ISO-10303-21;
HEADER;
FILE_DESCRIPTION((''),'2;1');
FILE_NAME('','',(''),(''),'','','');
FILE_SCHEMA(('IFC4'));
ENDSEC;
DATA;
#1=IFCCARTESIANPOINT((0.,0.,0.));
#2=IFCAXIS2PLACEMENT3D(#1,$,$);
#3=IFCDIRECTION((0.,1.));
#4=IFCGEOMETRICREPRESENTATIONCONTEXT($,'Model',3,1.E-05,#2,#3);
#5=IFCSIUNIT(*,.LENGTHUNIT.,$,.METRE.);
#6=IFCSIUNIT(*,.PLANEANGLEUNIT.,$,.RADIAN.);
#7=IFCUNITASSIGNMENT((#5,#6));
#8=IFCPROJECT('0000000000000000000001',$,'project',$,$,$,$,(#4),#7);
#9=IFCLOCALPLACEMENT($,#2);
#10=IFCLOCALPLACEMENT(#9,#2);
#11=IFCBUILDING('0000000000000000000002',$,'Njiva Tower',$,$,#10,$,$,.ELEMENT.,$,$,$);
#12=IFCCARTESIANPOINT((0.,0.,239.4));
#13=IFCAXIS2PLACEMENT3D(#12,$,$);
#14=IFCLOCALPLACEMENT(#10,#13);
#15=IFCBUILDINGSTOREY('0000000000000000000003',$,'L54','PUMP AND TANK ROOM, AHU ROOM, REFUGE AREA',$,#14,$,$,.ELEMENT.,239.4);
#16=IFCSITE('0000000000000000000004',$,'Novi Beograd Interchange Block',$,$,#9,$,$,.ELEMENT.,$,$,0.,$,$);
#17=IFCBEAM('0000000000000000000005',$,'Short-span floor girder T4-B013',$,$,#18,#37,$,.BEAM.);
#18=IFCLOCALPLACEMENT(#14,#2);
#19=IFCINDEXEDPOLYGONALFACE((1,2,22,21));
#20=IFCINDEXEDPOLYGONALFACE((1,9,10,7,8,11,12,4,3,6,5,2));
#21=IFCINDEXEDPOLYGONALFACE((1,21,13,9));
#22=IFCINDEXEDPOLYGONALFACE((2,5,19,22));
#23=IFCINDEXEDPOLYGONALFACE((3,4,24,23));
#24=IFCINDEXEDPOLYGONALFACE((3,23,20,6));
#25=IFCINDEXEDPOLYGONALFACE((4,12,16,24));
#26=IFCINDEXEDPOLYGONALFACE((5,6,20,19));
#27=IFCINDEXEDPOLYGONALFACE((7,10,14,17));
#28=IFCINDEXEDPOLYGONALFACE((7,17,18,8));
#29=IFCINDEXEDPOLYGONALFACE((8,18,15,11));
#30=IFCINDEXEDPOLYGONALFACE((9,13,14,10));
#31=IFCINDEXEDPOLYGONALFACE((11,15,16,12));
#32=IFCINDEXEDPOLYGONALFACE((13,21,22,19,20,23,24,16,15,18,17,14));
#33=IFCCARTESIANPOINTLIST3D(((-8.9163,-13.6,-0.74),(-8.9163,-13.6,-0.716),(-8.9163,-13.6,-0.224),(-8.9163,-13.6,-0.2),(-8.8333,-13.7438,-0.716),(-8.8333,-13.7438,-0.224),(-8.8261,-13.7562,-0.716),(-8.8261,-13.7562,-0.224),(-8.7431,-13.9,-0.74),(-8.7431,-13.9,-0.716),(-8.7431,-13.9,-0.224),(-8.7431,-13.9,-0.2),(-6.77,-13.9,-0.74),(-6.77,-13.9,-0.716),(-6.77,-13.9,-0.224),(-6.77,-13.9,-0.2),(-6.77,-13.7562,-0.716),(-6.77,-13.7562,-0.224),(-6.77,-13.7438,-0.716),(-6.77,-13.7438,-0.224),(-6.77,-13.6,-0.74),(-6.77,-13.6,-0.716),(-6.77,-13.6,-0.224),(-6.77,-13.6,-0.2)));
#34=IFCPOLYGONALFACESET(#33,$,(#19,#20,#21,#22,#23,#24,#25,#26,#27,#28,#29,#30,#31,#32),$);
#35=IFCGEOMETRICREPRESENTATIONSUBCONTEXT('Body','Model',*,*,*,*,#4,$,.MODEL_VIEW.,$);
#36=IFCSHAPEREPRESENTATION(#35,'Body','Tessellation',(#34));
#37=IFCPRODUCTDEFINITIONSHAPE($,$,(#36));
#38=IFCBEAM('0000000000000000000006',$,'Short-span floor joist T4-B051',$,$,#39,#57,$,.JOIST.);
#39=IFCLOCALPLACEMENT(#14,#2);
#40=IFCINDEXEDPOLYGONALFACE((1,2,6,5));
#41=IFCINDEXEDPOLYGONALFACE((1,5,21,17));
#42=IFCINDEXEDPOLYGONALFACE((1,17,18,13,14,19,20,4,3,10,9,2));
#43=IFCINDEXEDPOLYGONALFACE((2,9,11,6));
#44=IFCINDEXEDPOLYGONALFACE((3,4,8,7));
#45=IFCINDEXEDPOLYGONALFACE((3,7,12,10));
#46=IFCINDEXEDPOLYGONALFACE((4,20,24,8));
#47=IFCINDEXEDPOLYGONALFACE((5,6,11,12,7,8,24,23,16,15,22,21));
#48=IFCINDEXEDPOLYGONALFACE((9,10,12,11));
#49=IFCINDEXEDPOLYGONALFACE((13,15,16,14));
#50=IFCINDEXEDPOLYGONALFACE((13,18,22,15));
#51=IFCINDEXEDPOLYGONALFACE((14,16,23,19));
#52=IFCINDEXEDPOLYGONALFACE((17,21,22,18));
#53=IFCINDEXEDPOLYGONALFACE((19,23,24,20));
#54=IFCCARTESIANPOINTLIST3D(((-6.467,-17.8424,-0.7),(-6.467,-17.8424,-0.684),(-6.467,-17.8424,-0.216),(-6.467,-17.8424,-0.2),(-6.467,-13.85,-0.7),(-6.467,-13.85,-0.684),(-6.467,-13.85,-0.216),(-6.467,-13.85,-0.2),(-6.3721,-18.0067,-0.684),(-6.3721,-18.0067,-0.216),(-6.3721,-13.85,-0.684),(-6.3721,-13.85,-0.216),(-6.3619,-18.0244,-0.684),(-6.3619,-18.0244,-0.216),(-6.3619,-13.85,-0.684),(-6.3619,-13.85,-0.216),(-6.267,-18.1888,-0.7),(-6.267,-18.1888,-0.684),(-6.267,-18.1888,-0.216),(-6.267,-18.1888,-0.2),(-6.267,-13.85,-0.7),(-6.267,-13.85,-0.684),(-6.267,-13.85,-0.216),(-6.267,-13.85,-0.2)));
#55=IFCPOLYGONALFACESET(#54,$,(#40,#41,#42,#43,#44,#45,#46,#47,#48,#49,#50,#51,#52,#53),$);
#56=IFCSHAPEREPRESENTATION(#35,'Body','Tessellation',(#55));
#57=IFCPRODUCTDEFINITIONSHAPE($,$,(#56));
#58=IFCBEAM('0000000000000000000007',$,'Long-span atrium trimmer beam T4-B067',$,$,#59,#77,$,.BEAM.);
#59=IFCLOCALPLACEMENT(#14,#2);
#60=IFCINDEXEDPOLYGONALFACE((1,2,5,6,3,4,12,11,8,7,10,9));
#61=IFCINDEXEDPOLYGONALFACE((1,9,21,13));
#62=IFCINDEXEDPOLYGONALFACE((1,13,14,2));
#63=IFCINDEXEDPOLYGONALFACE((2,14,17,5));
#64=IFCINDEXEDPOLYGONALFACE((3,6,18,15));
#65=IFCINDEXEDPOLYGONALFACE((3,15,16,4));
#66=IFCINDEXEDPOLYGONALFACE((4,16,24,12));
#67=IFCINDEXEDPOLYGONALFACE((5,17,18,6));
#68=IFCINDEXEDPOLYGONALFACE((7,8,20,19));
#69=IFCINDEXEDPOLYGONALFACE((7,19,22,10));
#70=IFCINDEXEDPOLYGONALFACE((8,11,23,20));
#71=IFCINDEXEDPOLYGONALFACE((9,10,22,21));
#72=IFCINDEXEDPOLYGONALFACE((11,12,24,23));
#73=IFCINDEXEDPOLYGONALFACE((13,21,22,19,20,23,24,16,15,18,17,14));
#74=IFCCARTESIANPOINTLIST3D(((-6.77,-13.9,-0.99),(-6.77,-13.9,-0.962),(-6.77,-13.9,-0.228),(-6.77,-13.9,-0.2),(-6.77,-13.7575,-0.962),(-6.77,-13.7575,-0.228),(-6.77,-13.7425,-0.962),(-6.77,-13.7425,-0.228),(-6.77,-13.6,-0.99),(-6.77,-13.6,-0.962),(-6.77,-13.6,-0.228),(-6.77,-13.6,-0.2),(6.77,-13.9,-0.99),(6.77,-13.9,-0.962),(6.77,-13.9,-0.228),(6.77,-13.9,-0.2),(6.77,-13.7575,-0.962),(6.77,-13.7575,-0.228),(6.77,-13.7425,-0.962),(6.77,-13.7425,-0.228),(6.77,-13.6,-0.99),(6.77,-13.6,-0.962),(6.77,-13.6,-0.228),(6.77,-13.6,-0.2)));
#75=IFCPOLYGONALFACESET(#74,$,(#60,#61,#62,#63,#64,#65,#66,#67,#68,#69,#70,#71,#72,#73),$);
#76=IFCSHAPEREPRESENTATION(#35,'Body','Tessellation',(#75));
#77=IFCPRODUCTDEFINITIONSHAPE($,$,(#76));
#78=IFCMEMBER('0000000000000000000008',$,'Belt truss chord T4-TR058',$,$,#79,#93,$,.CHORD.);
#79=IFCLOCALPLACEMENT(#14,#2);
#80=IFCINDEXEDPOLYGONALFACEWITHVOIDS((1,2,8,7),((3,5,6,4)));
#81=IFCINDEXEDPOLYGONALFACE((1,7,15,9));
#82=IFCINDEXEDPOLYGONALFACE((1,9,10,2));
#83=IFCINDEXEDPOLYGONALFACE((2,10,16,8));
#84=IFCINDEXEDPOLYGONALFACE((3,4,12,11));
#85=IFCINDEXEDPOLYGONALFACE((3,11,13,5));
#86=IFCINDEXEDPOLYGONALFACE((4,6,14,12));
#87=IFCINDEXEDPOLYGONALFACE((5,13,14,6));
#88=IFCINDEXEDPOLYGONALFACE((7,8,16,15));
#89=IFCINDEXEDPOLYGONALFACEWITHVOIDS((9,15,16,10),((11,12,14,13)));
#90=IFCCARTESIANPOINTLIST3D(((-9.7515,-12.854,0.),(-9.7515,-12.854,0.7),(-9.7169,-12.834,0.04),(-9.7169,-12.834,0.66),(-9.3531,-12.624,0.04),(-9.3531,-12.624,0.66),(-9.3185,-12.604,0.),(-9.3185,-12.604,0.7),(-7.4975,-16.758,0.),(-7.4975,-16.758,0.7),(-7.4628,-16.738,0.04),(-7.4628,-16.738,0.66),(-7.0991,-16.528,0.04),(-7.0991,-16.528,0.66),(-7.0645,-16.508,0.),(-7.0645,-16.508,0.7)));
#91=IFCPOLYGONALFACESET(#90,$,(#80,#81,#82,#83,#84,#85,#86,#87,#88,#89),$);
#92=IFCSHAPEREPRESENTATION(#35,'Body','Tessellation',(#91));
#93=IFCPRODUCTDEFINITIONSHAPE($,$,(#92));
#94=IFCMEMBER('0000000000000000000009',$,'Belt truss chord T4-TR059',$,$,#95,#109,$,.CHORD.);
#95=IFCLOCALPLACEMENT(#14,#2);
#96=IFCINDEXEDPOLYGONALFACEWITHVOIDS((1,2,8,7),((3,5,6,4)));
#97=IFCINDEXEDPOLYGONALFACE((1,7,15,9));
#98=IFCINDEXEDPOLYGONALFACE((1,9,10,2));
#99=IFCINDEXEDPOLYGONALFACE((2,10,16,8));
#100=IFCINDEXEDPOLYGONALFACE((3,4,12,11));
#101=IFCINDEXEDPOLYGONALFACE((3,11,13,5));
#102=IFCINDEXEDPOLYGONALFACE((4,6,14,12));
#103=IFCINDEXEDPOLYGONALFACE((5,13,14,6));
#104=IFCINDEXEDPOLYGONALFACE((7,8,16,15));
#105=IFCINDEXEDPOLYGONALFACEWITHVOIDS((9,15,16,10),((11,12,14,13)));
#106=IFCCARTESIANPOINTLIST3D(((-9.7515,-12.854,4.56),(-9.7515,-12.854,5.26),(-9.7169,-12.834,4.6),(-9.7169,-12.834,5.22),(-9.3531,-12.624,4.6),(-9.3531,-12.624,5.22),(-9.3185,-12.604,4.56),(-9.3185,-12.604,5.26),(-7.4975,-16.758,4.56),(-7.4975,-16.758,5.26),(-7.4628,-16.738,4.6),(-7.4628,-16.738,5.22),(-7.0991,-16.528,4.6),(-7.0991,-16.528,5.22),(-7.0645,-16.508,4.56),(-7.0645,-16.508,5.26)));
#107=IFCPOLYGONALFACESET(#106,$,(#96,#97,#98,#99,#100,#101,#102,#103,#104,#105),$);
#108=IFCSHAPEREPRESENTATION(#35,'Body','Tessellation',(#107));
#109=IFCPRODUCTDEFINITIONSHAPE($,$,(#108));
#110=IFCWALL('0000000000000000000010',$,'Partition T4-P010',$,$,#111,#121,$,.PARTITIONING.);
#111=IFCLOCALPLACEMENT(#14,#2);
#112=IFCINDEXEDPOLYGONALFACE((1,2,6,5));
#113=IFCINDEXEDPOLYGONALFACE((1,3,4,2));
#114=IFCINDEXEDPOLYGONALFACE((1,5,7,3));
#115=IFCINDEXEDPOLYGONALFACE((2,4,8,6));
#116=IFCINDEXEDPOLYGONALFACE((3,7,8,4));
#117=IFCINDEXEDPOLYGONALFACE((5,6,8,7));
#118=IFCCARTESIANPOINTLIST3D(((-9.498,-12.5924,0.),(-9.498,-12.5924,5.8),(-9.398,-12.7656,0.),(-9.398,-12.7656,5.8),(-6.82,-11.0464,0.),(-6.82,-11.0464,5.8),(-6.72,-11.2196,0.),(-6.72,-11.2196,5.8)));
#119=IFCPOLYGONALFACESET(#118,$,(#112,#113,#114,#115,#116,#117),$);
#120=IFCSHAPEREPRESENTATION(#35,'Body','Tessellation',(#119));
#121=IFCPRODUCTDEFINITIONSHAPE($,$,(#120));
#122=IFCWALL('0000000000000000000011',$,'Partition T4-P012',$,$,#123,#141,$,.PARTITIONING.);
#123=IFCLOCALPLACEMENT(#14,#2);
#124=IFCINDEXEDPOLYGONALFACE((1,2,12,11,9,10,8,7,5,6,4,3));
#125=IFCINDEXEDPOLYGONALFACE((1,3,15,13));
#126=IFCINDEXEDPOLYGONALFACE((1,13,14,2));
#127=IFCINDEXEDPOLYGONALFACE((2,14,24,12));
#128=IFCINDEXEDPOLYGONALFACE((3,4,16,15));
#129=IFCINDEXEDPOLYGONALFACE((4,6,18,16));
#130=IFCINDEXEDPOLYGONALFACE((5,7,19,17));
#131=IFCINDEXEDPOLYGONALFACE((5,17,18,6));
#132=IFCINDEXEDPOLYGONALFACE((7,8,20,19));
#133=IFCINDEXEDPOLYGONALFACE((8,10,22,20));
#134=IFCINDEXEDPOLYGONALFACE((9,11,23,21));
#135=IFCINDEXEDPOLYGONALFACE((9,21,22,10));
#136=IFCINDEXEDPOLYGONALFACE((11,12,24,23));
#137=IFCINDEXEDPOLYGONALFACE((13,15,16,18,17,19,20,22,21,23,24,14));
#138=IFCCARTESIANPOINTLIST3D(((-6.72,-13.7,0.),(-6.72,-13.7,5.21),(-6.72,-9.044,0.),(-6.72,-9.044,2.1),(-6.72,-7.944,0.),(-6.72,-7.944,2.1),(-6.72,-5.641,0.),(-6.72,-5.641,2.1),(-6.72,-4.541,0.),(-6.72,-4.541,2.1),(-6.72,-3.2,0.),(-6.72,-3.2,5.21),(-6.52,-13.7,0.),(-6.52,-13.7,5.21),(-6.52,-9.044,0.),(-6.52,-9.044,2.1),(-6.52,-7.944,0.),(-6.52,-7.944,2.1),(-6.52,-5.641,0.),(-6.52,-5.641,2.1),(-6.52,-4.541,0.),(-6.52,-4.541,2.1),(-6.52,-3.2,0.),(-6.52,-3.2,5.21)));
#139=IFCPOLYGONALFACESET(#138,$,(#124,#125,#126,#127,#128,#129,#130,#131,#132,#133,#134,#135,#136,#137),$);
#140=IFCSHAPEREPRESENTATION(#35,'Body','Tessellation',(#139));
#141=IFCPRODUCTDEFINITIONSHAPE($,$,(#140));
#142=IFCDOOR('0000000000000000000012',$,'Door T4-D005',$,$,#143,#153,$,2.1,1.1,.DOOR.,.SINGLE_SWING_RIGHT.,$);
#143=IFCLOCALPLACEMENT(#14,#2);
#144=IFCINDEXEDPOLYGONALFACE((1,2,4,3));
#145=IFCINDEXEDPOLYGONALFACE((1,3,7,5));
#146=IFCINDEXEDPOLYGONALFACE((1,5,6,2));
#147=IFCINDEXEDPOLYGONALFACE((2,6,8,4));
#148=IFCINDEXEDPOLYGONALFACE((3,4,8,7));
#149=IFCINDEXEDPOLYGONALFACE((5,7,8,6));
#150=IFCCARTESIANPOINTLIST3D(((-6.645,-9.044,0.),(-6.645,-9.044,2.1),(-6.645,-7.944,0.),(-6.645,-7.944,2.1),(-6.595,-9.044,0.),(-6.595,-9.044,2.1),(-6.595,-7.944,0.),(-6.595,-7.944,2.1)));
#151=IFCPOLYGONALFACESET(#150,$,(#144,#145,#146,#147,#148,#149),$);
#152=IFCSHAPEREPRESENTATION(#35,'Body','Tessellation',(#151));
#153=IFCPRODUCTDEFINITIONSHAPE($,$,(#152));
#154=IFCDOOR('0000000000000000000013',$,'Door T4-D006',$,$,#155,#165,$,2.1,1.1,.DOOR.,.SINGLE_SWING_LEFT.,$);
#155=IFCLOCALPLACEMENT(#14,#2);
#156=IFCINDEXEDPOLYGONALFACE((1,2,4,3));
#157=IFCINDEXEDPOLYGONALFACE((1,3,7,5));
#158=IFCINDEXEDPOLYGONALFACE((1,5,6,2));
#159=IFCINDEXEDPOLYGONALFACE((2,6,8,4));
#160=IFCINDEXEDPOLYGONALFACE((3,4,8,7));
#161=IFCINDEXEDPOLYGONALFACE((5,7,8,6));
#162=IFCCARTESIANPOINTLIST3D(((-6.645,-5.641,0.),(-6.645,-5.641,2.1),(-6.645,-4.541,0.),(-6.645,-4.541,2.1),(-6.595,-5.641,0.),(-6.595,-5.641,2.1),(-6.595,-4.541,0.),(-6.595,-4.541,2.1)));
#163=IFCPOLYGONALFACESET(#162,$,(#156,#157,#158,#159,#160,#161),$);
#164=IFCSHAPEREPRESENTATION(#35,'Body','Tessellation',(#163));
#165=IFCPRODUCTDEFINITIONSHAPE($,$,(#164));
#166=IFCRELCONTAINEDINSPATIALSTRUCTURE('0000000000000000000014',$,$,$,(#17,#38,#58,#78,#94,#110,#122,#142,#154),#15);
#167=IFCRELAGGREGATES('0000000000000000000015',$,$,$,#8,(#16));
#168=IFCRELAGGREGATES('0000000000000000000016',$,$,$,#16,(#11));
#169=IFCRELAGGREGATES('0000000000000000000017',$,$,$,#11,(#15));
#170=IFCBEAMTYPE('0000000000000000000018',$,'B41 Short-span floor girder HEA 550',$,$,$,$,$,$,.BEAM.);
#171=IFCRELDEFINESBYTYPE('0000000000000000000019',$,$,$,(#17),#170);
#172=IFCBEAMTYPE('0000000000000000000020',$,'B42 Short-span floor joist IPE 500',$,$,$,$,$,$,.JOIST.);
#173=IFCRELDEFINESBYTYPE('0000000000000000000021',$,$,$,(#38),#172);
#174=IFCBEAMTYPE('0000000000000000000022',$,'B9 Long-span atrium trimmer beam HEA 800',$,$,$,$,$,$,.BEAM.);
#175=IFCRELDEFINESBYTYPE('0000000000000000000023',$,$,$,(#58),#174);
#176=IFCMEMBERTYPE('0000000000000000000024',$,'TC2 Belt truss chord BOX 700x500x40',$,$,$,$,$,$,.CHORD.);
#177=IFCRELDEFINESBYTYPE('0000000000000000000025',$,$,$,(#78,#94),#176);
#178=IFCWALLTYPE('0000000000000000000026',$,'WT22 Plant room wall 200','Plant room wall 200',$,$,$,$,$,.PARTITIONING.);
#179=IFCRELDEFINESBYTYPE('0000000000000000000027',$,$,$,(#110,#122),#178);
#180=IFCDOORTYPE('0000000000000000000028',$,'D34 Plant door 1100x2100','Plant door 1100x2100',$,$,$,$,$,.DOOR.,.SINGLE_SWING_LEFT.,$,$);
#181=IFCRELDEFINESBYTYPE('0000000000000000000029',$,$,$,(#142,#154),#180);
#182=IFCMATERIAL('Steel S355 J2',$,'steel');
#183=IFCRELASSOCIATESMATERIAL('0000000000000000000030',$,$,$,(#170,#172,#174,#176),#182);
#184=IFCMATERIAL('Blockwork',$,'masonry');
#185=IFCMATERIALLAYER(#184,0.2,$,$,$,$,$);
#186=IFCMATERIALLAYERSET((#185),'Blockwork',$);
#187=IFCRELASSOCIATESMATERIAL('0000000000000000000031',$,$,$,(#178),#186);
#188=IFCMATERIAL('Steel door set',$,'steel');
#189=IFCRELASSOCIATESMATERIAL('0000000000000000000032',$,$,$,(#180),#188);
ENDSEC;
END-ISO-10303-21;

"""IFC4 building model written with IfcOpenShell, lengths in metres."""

from ifc_helpers import new_model, si_unit, direction, frame, frame_2d, origin, origin_2d, place, context, subcontext, project, spatial, rectangle, hollow_rectangle, i_section, extrude, clip, halfspace, material, layer, layer_set, material_profile, profile_set, type_object, element, fill, save


model = new_model("IFC4")

# Units and contexts
model_context = context("Model", 3, precision=1e-05, world=origin(), true_north=direction((0.0, 1.0)))
body_context = subcontext(model_context, "Body", "Model", "MODEL_VIEW")
ifc_project = project(units=[si_unit("LENGTHUNIT", "METRE"), si_unit("PLANEANGLEUNIT", "RADIAN")], contexts=[model_context])

# Site, building, storey
site_placement = place(None, origin())
site = spatial("IfcSite", under=ifc_project, at=site_placement, Name="Novi Beograd Interchange Block", CompositionType="ELEMENT", RefElevation=0.0)
building_placement = place(site_placement, origin())
building = spatial("IfcBuilding", under=site, at=building_placement, Name="Njiva Tower", CompositionType="ELEMENT")
storey_placement = place(building_placement, frame((0.0, 0.0, 239.4)))
storey = spatial("IfcBuildingStorey", under=building, at=storey_placement, Name="L54", Description="PUMP AND TANK ROOM, AHU ROOM, REFUGE AREA", CompositionType="ELEMENT", Elevation=239.4)

# Shared definitions
ifc_material_1 = material(Name="Steel S355 J2", Category="steel")

# Beams
ifc_material_profile_1 = material_profile(ifc_material_1, i_section(OverallWidth=0.3, OverallDepth=0.54, WebThickness=0.0125, FlangeThickness=0.024, at=origin_2d()), Name="HEA 550")
ifc_profile_set_1 = profile_set([ifc_material_profile_1], Name="Steel S355 J2")
beam_type_1 = type_object("IfcBeamType", Name="B41 Short-span floor girder HEA 550", PredefinedType="BEAM", material=ifc_profile_set_1)
beam_1_placement = place(storey_placement, frame((-8.937, -13.75, -0.47), z_axis=(1.0, 0.0, 0.0), x_axis=(0.0, 1.0, 0.0)))
element("IfcBeam", 1, at=beam_1_placement, inside=storey, type_object=beam_type_1, Name="Short-span floor girder T4-B013", PredefinedType="BEAM", context=body_context, shape_type="Clipping", body=[
    clip(extrude(i_section(OverallWidth=0.3, OverallDepth=0.54, WebThickness=0.0125, FlangeThickness=0.024, at=origin_2d()), origin(), (0.0, 0.0, 1.0), 2.167), halfspace(frame((-0.025, 0.0, 0.1217), z_axis=(-0.499998, 0.0, -0.866027), x_axis=(0.0, -1.0, 0.0)), False)),
])
ifc_material_profile_2 = material_profile(ifc_material_1, i_section(OverallWidth=0.2, OverallDepth=0.5, WebThickness=0.0102, FlangeThickness=0.016, at=origin_2d()), Name="IPE 500")
ifc_profile_set_2 = profile_set([ifc_material_profile_2], Name="Steel S355 J2")
beam_type_2 = type_object("IfcBeamType", Name="B42 Short-span floor joist IPE 500", PredefinedType="JOIST", material=ifc_profile_set_2)
beam_2_placement = place(storey_placement, frame((-6.367, -13.85, -0.45), z_axis=(0.0, -1.0, 0.0), x_axis=(1.0, 0.0, 0.0)))
element("IfcBeam", 2, at=beam_2_placement, inside=storey, type_object=beam_type_2, Name="Short-span floor joist T4-B051", PredefinedType="JOIST", context=body_context, shape_type="Clipping", body=[
    clip(extrude(i_section(OverallWidth=0.2, OverallDepth=0.5, WebThickness=0.0102, FlangeThickness=0.016, at=origin_2d()), origin(), (0.0, 0.0, 1.0), 4.359), halfspace(frame((-0.043, 0.0, 4.0911), z_axis=(-0.866027, 0.0, 0.499998), x_axis=(0.0, 1.0, 0.0)), False)),
])
ifc_material_profile_3 = material_profile(ifc_material_1, i_section(OverallWidth=0.3, OverallDepth=0.79, WebThickness=0.015, FlangeThickness=0.028, at=origin_2d()), Name="HEA 800")
ifc_profile_set_3 = profile_set([ifc_material_profile_3], Name="Steel S355 J2")
beam_type_3 = type_object("IfcBeamType", Name="B9 Long-span atrium trimmer beam HEA 800", PredefinedType="BEAM", material=ifc_profile_set_3)
beam_3_placement = place(storey_placement, frame((-6.77, -13.75, -0.595), z_axis=(1.0, 0.0, 0.0), x_axis=(0.0, 1.0, 0.0)))
element("IfcBeam", 3, at=beam_3_placement, inside=storey, type_object=beam_type_3, Name="Long-span atrium trimmer beam T4-B067", PredefinedType="BEAM", context=body_context, shape_type="SweptSolid", body=[
    extrude(i_section(OverallWidth=0.3, OverallDepth=0.79, WebThickness=0.015, FlangeThickness=0.028, at=origin_2d()), origin(), (0.0, 0.0, 1.0), 13.54),
])

# Members
ifc_material_profile_4 = material_profile(ifc_material_1, hollow_rectangle(XDim=0.5, YDim=0.7, WallThickness=0.04, at=origin_2d()), Name="BOX 700x500x40")
ifc_profile_set_4 = profile_set([ifc_material_profile_4], Name="Steel S355 J2")
member_type_1 = type_object("IfcMemberType", Name="TC2 Belt truss chord BOX 700x500x40", PredefinedType="CHORD", material=ifc_profile_set_4)
for number, where, z_axis, x_axis, name in (
    (4, (-9.535, -12.729, 0.35), (0.500004, -0.866023, 0.0), (0.866023, 0.500004, 0.0), "Belt truss chord T4-TR058"),
    (5, (-9.535, -12.729, 4.91), (0.500004, -0.866023, 0.0), (0.866023, 0.500004, 0.0), "Belt truss chord T4-TR059"),
):
    element("IfcMember", number, at=place(storey_placement, frame(where, z_axis=z_axis, x_axis=x_axis)), inside=storey, type_object=member_type_1, Name=name, PredefinedType="CHORD", context=body_context, shape_type="SweptSolid", body=[
        extrude(hollow_rectangle(XDim=0.5, YDim=0.7, WallThickness=0.04, at=origin_2d()), origin(), (0.0, 0.0, 1.0), 4.508),
    ])

# Wall
ifc_material_2 = material(Name="Blockwork", Category="masonry")
ifc_layer_1 = layer(ifc_material_2, 0.2)
ifc_layer_set_1 = layer_set([ifc_layer_1], Name="Blockwork")
wall_type_1 = type_object("IfcWallType", Name="WT22 Plant room wall 200", Description="Plant room wall 200", PredefinedType="PARTITIONING", material=ifc_layer_set_1)
wall_1_placement = place(storey_placement, frame((-9.448, -12.679, 0.0), z_axis=(0.0, 0.0, 1.0), x_axis=(0.866046, 0.499965, 0.0)))
element("IfcWall", 6, at=wall_1_placement, inside=storey, type_object=wall_type_1, Name="Partition T4-P010", PredefinedType="PARTITIONING", context=body_context, shape_type="SweptSolid", body=[
    extrude(rectangle(XDim=3.0922, YDim=0.2, at=frame_2d((1.5461, 0.0))), origin(), (0.0, 0.0, 1.0), 5.8),
])

# Wall, openings, doors
wall_2_placement = place(storey_placement, frame((-6.62, -13.7, 0.0), z_axis=(0.0, 0.0, 1.0), x_axis=(0.0, 1.0, 0.0)))
wall_2 = element("IfcWall", 7, at=wall_2_placement, inside=storey, type_object=wall_type_1, Name="Partition T4-P012", PredefinedType="PARTITIONING", context=body_context, shape_type="SweptSolid", body=[
    extrude(rectangle(XDim=10.5, YDim=0.2, at=frame_2d((5.25, 0.0))), origin(), (0.0, 0.0, 1.0), 5.21),
])
opening_1_placement = place(wall_2_placement, frame((4.656, 0.0, 0.0)))
opening_1 = element("IfcOpeningElement", 8, at=opening_1_placement, cuts=wall_2, PredefinedType="OPENING", context=body_context, shape_type="SweptSolid", body=[
    extrude(rectangle(XDim=1.1, YDim=2.1, at=frame_2d((0.55, 1.05))), frame((0.0, 0.11, 0.0), z_axis=(0.0, -1.0, 0.0), x_axis=(1.0, 0.0, 0.0)), (0.0, 0.0, 1.0), 0.22),
])
opening_2_placement = place(wall_2_placement, frame((8.059, 0.0, 0.0)))
opening_2 = element("IfcOpeningElement", 9, at=opening_2_placement, cuts=wall_2, PredefinedType="OPENING", context=body_context, shape_type="SweptSolid", body=[
    extrude(rectangle(XDim=1.1, YDim=2.1, at=frame_2d((0.55, 1.05))), frame((0.0, 0.11, 0.0), z_axis=(0.0, -1.0, 0.0), x_axis=(1.0, 0.0, 0.0)), (0.0, 0.0, 1.0), 0.22),
])
ifc_material_3 = material(Name="Steel door set", Category="steel")
door_type = type_object("IfcDoorType", Name="D34 Plant door 1100x2100", Description="Plant door 1100x2100", OperationType="SINGLE_SWING_LEFT", PredefinedType="DOOR", material=ifc_material_3)
door_1_placement = place(opening_1_placement, origin())
door_1 = element("IfcDoor", 10, at=door_1_placement, inside=storey, type_object=door_type, Name="Door T4-D005", OperationType="SINGLE_SWING_RIGHT", OverallHeight=2.1, OverallWidth=1.1, PredefinedType="DOOR", context=body_context, shape_type="SweptSolid", body=[
    extrude(rectangle(XDim=1.1, YDim=2.1, at=frame_2d((0.55, 1.05))), frame((0.0, 0.025, 0.0), z_axis=(0.0, -1.0, 0.0), x_axis=(1.0, 0.0, 0.0)), (0.0, 0.0, 1.0), 0.05),
])
fill(opening_1, door_1)
door_2_placement = place(opening_2_placement, origin())
door_2 = element("IfcDoor", 11, at=door_2_placement, inside=storey, type_object=door_type, Name="Door T4-D006", OperationType="SINGLE_SWING_LEFT", OverallHeight=2.1, OverallWidth=1.1, PredefinedType="DOOR", context=body_context, shape_type="SweptSolid", body=[
    extrude(rectangle(XDim=1.1, YDim=2.1, at=frame_2d((0.55, 1.05))), frame((0.0, 0.025, 0.0), z_axis=(0.0, -1.0, 0.0), x_axis=(1.0, 0.0, 0.0)), (0.0, 0.0, 1.0), 0.05),
])
fill(opening_2, door_2)

save(model, "model.ifc")
